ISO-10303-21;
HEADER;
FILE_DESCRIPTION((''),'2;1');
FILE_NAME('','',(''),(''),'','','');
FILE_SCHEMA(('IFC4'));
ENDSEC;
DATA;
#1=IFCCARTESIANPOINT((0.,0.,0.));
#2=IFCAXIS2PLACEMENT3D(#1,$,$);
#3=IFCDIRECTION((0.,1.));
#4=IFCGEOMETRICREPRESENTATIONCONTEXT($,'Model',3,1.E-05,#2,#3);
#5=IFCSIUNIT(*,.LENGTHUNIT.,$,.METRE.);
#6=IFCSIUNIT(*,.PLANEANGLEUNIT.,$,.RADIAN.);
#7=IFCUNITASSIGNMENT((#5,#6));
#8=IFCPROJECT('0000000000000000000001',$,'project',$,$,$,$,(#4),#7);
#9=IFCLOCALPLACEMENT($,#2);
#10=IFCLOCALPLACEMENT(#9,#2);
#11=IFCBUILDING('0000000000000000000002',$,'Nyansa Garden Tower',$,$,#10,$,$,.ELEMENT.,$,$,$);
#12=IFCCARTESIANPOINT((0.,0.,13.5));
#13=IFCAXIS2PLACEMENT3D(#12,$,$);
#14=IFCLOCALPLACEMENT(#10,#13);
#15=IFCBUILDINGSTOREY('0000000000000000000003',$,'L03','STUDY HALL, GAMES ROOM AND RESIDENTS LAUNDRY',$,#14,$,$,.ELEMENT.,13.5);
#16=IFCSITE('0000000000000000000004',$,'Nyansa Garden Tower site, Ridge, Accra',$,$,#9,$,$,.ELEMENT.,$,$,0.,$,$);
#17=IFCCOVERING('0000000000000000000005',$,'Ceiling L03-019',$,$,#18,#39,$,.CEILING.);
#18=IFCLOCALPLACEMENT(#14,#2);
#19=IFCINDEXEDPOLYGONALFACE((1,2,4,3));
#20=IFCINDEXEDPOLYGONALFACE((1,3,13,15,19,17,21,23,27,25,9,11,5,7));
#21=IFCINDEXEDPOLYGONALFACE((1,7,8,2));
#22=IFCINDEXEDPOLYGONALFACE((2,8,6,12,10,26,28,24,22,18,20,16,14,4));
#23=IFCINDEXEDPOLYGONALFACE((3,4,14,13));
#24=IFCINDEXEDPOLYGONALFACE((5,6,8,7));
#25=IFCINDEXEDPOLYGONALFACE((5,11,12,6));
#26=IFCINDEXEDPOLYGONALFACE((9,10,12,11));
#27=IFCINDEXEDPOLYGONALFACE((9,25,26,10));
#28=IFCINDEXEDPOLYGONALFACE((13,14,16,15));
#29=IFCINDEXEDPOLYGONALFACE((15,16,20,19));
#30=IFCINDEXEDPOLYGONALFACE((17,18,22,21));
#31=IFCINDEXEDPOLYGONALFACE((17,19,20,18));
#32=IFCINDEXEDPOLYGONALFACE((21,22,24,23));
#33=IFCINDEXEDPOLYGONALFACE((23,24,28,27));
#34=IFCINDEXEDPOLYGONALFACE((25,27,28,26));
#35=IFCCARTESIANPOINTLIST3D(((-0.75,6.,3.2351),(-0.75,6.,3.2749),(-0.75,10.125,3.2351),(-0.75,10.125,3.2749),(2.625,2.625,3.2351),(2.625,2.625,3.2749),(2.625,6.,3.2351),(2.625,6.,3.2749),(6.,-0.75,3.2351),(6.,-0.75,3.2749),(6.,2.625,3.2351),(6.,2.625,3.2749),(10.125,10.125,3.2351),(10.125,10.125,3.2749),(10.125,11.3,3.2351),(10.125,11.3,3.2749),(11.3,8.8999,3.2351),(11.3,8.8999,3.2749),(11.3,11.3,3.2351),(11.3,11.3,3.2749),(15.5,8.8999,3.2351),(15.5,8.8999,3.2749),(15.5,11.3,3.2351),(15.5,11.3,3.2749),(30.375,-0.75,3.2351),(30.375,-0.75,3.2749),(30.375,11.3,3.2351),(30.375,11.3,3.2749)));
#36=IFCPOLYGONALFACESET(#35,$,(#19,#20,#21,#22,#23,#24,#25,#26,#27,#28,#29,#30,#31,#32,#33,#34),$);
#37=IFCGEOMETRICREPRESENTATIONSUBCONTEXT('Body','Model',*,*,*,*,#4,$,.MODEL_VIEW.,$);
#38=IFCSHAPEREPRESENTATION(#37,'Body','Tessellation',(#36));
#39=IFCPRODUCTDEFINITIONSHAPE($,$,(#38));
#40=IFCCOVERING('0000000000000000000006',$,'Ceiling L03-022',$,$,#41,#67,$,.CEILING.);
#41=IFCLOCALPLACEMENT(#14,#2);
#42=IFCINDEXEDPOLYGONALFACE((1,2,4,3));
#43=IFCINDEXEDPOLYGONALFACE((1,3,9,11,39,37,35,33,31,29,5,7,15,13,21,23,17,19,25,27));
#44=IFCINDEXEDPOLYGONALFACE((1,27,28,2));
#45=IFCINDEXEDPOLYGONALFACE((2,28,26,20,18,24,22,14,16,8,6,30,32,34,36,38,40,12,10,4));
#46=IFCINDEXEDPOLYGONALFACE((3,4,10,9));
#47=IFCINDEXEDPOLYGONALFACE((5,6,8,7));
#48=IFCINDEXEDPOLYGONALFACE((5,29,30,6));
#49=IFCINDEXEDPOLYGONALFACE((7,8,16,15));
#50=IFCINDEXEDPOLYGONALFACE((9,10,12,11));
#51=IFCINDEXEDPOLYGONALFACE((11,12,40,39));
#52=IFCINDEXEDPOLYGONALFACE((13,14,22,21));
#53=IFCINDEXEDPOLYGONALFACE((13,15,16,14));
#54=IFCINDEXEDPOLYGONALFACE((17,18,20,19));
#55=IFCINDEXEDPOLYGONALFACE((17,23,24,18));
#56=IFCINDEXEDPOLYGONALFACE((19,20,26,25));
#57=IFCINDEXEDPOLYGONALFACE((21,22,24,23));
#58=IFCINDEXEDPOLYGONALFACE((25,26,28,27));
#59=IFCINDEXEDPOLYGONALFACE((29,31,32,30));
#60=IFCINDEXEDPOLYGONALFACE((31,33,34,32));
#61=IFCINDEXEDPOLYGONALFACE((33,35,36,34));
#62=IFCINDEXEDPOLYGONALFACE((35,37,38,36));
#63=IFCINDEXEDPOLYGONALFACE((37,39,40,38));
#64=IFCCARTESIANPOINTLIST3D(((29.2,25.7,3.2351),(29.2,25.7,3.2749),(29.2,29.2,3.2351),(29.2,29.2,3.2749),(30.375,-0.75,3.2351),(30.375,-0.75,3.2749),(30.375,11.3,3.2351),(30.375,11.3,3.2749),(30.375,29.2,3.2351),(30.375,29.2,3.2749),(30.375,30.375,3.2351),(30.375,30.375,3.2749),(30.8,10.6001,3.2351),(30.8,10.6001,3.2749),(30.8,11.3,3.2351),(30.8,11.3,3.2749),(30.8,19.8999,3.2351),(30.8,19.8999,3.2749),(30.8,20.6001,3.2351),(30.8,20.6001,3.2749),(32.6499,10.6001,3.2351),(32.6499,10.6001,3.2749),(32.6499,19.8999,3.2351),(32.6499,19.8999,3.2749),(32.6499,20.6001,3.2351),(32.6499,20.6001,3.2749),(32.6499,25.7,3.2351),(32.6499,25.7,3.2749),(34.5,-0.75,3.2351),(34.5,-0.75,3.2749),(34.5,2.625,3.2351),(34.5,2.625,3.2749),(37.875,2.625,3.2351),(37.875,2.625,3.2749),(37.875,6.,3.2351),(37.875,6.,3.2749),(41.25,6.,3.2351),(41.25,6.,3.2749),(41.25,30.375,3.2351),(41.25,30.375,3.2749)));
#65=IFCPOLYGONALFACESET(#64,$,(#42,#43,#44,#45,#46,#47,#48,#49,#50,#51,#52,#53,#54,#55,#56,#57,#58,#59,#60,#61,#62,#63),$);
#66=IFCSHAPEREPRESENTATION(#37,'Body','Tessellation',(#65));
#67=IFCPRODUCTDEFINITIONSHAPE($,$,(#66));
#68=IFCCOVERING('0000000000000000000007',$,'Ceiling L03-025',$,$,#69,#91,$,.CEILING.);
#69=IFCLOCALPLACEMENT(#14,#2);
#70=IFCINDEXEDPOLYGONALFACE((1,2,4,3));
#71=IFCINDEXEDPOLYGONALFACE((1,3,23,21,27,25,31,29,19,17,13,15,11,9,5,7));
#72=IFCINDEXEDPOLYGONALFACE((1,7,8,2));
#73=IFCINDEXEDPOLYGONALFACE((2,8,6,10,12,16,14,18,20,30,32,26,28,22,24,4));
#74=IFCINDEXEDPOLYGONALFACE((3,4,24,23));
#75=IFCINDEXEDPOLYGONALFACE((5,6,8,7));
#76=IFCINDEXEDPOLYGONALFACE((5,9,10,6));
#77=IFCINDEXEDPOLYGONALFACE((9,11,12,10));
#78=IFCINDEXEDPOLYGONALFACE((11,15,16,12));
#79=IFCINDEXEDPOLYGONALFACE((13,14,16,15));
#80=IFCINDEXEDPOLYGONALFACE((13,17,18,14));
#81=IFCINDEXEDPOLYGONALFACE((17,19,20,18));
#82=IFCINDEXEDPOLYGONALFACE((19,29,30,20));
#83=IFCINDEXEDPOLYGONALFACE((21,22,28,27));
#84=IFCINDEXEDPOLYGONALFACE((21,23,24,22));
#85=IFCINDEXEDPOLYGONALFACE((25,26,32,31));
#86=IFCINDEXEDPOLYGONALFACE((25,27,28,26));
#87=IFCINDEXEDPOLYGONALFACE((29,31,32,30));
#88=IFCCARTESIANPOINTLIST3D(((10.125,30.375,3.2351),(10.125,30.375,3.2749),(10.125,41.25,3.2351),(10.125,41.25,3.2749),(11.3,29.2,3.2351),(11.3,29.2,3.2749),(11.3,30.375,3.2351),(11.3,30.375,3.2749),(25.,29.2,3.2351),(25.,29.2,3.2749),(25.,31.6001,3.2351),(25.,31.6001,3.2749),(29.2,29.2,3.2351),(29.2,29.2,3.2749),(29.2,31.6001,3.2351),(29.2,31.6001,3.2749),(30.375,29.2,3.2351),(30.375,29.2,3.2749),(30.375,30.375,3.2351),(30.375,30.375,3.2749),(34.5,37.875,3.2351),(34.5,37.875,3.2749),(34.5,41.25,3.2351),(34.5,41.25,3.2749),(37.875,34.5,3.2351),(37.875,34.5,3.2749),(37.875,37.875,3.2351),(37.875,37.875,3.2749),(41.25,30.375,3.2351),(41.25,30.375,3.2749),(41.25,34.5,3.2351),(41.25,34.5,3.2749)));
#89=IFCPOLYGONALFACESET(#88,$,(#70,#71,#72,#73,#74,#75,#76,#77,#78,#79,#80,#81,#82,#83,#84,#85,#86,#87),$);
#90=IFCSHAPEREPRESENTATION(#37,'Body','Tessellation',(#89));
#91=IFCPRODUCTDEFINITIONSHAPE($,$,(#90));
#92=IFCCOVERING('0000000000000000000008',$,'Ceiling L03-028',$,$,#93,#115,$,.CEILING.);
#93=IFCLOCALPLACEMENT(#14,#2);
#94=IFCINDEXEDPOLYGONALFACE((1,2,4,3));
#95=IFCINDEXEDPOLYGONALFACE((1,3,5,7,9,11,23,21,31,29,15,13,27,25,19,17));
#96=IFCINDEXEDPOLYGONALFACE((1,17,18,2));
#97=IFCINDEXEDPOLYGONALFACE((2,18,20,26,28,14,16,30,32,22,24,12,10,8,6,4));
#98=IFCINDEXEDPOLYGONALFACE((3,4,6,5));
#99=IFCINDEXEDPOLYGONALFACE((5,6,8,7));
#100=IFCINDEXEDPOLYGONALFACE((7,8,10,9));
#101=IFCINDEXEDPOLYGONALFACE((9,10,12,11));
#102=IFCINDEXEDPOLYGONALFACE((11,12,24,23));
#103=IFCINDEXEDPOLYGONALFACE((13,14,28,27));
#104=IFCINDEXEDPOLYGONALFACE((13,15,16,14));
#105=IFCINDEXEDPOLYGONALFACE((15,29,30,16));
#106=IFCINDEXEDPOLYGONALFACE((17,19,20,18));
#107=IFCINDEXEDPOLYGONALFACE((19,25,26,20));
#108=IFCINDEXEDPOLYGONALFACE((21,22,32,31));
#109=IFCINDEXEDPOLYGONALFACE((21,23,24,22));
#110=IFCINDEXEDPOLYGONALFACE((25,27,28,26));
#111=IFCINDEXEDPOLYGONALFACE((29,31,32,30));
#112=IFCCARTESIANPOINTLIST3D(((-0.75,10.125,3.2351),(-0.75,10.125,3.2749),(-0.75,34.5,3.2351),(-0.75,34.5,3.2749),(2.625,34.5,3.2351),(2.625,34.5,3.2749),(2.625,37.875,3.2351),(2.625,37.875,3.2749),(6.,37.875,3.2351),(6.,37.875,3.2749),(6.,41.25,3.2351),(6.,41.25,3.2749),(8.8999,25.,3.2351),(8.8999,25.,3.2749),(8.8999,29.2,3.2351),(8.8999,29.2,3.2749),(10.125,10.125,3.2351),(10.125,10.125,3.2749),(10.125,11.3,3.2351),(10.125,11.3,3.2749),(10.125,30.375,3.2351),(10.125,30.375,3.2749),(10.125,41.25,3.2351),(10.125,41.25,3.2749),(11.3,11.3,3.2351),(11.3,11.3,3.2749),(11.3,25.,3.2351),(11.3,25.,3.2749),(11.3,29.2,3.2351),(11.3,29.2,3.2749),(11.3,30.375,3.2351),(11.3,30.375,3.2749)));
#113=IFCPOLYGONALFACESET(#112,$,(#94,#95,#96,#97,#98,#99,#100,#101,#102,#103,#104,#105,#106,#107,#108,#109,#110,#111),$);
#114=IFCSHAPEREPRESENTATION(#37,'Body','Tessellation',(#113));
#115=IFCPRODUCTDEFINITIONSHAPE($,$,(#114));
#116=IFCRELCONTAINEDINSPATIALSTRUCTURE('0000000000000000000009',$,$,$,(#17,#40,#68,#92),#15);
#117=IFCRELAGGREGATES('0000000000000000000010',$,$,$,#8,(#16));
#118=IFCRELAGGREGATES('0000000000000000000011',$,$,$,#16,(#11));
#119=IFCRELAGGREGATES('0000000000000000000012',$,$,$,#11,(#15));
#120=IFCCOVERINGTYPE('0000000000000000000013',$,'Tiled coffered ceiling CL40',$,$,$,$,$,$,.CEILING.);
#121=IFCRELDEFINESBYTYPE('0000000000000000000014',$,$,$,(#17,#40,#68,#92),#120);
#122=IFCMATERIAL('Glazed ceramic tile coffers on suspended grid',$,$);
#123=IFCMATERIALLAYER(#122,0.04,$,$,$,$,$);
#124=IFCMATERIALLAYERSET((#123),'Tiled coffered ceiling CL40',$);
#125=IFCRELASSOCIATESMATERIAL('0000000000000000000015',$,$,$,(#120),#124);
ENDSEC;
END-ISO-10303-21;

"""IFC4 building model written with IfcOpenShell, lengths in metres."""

from ifc_helpers import new_model, si_unit, direction, frame, origin, place, context, subcontext, project, spatial, polyline, outline, extrude, material, layer, layer_set, type_object, element, save


model = new_model("IFC4")

# Units and contexts
model_context = context("Model", 3, precision=1e-05, world=origin(), true_north=direction((0.0, 1.0)))
body_context = subcontext(model_context, "Body", "Model", "MODEL_VIEW")
ifc_project = project(units=[si_unit("LENGTHUNIT", "METRE"), si_unit("PLANEANGLEUNIT", "RADIAN")], contexts=[model_context])

# Site, building, storey
site_placement = place(None, origin())
site = spatial("IfcSite", under=ifc_project, at=site_placement, Name="Nyansa Garden Tower site, Ridge, Accra", CompositionType="ELEMENT", RefElevation=0.0)
building_placement = place(site_placement, origin())
building = spatial("IfcBuilding", under=site, at=building_placement, Name="Nyansa Garden Tower", CompositionType="ELEMENT")
storey_placement = place(building_placement, frame((0.0, 0.0, 13.5)))
storey = spatial("IfcBuildingStorey", under=building, at=storey_placement, Name="L03", Description="STUDY HALL, GAMES ROOM AND RESIDENTS LAUNDRY", CompositionType="ELEMENT", Elevation=13.5)

# Coverings
ifc_material_1 = material(Name="Glazed ceramic tile coffers on suspended grid")
ifc_layer_1 = layer(ifc_material_1, 0.04)
ifc_layer_set_1 = layer_set([ifc_layer_1], Name="Tiled coffered ceiling CL40")
covering_type_1 = type_object("IfcCoveringType", Name="Tiled coffered ceiling CL40", PredefinedType="CEILING", material=ifc_layer_set_1)
covering_1_placement = place(storey_placement, frame((0.0, 0.0, 3.2351)))
element("IfcCovering", 1, at=covering_1_placement, inside=storey, type_object=covering_type_1, Name="Ceiling L03-019", PredefinedType="CEILING", context=body_context, shape_type="SweptSolid", body=[
    extrude(outline(polyline([(2.625, 2.625), (2.625, 6.0), (-0.75, 6.0), (-0.75, 10.125), (10.125, 10.125), (10.125, 11.3), (11.3, 11.3), (11.3, 8.8999), (15.5, 8.8999), (15.5, 11.3), (30.375, 11.3), (30.375, -0.75), (6.0, -0.75), (6.0, 2.625), (2.625, 2.625)])), origin(), (0.0, 0.0, 1.0), 0.0398),
])
covering_2_placement = place(storey_placement, frame((0.0, 0.0, 3.2351)))
element("IfcCovering", 2, at=covering_2_placement, inside=storey, type_object=covering_type_1, Name="Ceiling L03-022", PredefinedType="CEILING", context=body_context, shape_type="SweptSolid", body=[
    extrude(outline(polyline([(30.375, -0.75), (30.375, 11.3), (30.8, 11.3), (30.8, 10.6001), (32.6499, 10.6001), (32.6499, 19.8999), (30.8, 19.8999), (30.8, 20.6001), (32.6499, 20.6001), (32.6499, 25.7), (29.2, 25.7), (29.2, 29.2), (30.375, 29.2), (30.375, 30.375), (41.25, 30.375), (41.25, 6.0), (37.875, 6.0), (37.875, 2.625), (34.5, 2.625), (34.5, -0.75), (30.375, -0.75)])), origin(), (0.0, 0.0, 1.0), 0.0398),
])
covering_3_placement = place(storey_placement, frame((0.0, 0.0, 3.2351)))
element("IfcCovering", 3, at=covering_3_placement, inside=storey, type_object=covering_type_1, Name="Ceiling L03-025", PredefinedType="CEILING", context=body_context, shape_type="SweptSolid", body=[
    extrude(outline(polyline([(34.5, 37.875), (37.875, 37.875), (37.875, 34.5), (41.25, 34.5), (41.25, 30.375), (30.375, 30.375), (30.375, 29.2), (29.2, 29.2), (29.2, 31.6001), (25.0, 31.6001), (25.0, 29.2), (11.3, 29.2), (11.3, 30.375), (10.125, 30.375), (10.125, 41.25), (34.5, 41.25), (34.5, 37.875)])), origin(), (0.0, 0.0, 1.0), 0.0398),
])
covering_4_placement = place(storey_placement, frame((0.0, 0.0, 3.2351)))
element("IfcCovering", 4, at=covering_4_placement, inside=storey, type_object=covering_type_1, Name="Ceiling L03-028", PredefinedType="CEILING", context=body_context, shape_type="SweptSolid", body=[
    extrude(outline(polyline([(2.625, 34.5), (2.625, 37.875), (6.0, 37.875), (6.0, 41.25), (10.125, 41.25), (10.125, 30.375), (11.3, 30.375), (11.3, 29.2), (8.8999, 29.2), (8.8999, 25.0), (11.3, 25.0), (11.3, 11.3), (10.125, 11.3), (10.125, 10.125), (-0.75, 10.125), (-0.75, 34.5), (2.625, 34.5)])), origin(), (0.0, 0.0, 1.0), 0.0398),
])

save(model, "model.ifc")
